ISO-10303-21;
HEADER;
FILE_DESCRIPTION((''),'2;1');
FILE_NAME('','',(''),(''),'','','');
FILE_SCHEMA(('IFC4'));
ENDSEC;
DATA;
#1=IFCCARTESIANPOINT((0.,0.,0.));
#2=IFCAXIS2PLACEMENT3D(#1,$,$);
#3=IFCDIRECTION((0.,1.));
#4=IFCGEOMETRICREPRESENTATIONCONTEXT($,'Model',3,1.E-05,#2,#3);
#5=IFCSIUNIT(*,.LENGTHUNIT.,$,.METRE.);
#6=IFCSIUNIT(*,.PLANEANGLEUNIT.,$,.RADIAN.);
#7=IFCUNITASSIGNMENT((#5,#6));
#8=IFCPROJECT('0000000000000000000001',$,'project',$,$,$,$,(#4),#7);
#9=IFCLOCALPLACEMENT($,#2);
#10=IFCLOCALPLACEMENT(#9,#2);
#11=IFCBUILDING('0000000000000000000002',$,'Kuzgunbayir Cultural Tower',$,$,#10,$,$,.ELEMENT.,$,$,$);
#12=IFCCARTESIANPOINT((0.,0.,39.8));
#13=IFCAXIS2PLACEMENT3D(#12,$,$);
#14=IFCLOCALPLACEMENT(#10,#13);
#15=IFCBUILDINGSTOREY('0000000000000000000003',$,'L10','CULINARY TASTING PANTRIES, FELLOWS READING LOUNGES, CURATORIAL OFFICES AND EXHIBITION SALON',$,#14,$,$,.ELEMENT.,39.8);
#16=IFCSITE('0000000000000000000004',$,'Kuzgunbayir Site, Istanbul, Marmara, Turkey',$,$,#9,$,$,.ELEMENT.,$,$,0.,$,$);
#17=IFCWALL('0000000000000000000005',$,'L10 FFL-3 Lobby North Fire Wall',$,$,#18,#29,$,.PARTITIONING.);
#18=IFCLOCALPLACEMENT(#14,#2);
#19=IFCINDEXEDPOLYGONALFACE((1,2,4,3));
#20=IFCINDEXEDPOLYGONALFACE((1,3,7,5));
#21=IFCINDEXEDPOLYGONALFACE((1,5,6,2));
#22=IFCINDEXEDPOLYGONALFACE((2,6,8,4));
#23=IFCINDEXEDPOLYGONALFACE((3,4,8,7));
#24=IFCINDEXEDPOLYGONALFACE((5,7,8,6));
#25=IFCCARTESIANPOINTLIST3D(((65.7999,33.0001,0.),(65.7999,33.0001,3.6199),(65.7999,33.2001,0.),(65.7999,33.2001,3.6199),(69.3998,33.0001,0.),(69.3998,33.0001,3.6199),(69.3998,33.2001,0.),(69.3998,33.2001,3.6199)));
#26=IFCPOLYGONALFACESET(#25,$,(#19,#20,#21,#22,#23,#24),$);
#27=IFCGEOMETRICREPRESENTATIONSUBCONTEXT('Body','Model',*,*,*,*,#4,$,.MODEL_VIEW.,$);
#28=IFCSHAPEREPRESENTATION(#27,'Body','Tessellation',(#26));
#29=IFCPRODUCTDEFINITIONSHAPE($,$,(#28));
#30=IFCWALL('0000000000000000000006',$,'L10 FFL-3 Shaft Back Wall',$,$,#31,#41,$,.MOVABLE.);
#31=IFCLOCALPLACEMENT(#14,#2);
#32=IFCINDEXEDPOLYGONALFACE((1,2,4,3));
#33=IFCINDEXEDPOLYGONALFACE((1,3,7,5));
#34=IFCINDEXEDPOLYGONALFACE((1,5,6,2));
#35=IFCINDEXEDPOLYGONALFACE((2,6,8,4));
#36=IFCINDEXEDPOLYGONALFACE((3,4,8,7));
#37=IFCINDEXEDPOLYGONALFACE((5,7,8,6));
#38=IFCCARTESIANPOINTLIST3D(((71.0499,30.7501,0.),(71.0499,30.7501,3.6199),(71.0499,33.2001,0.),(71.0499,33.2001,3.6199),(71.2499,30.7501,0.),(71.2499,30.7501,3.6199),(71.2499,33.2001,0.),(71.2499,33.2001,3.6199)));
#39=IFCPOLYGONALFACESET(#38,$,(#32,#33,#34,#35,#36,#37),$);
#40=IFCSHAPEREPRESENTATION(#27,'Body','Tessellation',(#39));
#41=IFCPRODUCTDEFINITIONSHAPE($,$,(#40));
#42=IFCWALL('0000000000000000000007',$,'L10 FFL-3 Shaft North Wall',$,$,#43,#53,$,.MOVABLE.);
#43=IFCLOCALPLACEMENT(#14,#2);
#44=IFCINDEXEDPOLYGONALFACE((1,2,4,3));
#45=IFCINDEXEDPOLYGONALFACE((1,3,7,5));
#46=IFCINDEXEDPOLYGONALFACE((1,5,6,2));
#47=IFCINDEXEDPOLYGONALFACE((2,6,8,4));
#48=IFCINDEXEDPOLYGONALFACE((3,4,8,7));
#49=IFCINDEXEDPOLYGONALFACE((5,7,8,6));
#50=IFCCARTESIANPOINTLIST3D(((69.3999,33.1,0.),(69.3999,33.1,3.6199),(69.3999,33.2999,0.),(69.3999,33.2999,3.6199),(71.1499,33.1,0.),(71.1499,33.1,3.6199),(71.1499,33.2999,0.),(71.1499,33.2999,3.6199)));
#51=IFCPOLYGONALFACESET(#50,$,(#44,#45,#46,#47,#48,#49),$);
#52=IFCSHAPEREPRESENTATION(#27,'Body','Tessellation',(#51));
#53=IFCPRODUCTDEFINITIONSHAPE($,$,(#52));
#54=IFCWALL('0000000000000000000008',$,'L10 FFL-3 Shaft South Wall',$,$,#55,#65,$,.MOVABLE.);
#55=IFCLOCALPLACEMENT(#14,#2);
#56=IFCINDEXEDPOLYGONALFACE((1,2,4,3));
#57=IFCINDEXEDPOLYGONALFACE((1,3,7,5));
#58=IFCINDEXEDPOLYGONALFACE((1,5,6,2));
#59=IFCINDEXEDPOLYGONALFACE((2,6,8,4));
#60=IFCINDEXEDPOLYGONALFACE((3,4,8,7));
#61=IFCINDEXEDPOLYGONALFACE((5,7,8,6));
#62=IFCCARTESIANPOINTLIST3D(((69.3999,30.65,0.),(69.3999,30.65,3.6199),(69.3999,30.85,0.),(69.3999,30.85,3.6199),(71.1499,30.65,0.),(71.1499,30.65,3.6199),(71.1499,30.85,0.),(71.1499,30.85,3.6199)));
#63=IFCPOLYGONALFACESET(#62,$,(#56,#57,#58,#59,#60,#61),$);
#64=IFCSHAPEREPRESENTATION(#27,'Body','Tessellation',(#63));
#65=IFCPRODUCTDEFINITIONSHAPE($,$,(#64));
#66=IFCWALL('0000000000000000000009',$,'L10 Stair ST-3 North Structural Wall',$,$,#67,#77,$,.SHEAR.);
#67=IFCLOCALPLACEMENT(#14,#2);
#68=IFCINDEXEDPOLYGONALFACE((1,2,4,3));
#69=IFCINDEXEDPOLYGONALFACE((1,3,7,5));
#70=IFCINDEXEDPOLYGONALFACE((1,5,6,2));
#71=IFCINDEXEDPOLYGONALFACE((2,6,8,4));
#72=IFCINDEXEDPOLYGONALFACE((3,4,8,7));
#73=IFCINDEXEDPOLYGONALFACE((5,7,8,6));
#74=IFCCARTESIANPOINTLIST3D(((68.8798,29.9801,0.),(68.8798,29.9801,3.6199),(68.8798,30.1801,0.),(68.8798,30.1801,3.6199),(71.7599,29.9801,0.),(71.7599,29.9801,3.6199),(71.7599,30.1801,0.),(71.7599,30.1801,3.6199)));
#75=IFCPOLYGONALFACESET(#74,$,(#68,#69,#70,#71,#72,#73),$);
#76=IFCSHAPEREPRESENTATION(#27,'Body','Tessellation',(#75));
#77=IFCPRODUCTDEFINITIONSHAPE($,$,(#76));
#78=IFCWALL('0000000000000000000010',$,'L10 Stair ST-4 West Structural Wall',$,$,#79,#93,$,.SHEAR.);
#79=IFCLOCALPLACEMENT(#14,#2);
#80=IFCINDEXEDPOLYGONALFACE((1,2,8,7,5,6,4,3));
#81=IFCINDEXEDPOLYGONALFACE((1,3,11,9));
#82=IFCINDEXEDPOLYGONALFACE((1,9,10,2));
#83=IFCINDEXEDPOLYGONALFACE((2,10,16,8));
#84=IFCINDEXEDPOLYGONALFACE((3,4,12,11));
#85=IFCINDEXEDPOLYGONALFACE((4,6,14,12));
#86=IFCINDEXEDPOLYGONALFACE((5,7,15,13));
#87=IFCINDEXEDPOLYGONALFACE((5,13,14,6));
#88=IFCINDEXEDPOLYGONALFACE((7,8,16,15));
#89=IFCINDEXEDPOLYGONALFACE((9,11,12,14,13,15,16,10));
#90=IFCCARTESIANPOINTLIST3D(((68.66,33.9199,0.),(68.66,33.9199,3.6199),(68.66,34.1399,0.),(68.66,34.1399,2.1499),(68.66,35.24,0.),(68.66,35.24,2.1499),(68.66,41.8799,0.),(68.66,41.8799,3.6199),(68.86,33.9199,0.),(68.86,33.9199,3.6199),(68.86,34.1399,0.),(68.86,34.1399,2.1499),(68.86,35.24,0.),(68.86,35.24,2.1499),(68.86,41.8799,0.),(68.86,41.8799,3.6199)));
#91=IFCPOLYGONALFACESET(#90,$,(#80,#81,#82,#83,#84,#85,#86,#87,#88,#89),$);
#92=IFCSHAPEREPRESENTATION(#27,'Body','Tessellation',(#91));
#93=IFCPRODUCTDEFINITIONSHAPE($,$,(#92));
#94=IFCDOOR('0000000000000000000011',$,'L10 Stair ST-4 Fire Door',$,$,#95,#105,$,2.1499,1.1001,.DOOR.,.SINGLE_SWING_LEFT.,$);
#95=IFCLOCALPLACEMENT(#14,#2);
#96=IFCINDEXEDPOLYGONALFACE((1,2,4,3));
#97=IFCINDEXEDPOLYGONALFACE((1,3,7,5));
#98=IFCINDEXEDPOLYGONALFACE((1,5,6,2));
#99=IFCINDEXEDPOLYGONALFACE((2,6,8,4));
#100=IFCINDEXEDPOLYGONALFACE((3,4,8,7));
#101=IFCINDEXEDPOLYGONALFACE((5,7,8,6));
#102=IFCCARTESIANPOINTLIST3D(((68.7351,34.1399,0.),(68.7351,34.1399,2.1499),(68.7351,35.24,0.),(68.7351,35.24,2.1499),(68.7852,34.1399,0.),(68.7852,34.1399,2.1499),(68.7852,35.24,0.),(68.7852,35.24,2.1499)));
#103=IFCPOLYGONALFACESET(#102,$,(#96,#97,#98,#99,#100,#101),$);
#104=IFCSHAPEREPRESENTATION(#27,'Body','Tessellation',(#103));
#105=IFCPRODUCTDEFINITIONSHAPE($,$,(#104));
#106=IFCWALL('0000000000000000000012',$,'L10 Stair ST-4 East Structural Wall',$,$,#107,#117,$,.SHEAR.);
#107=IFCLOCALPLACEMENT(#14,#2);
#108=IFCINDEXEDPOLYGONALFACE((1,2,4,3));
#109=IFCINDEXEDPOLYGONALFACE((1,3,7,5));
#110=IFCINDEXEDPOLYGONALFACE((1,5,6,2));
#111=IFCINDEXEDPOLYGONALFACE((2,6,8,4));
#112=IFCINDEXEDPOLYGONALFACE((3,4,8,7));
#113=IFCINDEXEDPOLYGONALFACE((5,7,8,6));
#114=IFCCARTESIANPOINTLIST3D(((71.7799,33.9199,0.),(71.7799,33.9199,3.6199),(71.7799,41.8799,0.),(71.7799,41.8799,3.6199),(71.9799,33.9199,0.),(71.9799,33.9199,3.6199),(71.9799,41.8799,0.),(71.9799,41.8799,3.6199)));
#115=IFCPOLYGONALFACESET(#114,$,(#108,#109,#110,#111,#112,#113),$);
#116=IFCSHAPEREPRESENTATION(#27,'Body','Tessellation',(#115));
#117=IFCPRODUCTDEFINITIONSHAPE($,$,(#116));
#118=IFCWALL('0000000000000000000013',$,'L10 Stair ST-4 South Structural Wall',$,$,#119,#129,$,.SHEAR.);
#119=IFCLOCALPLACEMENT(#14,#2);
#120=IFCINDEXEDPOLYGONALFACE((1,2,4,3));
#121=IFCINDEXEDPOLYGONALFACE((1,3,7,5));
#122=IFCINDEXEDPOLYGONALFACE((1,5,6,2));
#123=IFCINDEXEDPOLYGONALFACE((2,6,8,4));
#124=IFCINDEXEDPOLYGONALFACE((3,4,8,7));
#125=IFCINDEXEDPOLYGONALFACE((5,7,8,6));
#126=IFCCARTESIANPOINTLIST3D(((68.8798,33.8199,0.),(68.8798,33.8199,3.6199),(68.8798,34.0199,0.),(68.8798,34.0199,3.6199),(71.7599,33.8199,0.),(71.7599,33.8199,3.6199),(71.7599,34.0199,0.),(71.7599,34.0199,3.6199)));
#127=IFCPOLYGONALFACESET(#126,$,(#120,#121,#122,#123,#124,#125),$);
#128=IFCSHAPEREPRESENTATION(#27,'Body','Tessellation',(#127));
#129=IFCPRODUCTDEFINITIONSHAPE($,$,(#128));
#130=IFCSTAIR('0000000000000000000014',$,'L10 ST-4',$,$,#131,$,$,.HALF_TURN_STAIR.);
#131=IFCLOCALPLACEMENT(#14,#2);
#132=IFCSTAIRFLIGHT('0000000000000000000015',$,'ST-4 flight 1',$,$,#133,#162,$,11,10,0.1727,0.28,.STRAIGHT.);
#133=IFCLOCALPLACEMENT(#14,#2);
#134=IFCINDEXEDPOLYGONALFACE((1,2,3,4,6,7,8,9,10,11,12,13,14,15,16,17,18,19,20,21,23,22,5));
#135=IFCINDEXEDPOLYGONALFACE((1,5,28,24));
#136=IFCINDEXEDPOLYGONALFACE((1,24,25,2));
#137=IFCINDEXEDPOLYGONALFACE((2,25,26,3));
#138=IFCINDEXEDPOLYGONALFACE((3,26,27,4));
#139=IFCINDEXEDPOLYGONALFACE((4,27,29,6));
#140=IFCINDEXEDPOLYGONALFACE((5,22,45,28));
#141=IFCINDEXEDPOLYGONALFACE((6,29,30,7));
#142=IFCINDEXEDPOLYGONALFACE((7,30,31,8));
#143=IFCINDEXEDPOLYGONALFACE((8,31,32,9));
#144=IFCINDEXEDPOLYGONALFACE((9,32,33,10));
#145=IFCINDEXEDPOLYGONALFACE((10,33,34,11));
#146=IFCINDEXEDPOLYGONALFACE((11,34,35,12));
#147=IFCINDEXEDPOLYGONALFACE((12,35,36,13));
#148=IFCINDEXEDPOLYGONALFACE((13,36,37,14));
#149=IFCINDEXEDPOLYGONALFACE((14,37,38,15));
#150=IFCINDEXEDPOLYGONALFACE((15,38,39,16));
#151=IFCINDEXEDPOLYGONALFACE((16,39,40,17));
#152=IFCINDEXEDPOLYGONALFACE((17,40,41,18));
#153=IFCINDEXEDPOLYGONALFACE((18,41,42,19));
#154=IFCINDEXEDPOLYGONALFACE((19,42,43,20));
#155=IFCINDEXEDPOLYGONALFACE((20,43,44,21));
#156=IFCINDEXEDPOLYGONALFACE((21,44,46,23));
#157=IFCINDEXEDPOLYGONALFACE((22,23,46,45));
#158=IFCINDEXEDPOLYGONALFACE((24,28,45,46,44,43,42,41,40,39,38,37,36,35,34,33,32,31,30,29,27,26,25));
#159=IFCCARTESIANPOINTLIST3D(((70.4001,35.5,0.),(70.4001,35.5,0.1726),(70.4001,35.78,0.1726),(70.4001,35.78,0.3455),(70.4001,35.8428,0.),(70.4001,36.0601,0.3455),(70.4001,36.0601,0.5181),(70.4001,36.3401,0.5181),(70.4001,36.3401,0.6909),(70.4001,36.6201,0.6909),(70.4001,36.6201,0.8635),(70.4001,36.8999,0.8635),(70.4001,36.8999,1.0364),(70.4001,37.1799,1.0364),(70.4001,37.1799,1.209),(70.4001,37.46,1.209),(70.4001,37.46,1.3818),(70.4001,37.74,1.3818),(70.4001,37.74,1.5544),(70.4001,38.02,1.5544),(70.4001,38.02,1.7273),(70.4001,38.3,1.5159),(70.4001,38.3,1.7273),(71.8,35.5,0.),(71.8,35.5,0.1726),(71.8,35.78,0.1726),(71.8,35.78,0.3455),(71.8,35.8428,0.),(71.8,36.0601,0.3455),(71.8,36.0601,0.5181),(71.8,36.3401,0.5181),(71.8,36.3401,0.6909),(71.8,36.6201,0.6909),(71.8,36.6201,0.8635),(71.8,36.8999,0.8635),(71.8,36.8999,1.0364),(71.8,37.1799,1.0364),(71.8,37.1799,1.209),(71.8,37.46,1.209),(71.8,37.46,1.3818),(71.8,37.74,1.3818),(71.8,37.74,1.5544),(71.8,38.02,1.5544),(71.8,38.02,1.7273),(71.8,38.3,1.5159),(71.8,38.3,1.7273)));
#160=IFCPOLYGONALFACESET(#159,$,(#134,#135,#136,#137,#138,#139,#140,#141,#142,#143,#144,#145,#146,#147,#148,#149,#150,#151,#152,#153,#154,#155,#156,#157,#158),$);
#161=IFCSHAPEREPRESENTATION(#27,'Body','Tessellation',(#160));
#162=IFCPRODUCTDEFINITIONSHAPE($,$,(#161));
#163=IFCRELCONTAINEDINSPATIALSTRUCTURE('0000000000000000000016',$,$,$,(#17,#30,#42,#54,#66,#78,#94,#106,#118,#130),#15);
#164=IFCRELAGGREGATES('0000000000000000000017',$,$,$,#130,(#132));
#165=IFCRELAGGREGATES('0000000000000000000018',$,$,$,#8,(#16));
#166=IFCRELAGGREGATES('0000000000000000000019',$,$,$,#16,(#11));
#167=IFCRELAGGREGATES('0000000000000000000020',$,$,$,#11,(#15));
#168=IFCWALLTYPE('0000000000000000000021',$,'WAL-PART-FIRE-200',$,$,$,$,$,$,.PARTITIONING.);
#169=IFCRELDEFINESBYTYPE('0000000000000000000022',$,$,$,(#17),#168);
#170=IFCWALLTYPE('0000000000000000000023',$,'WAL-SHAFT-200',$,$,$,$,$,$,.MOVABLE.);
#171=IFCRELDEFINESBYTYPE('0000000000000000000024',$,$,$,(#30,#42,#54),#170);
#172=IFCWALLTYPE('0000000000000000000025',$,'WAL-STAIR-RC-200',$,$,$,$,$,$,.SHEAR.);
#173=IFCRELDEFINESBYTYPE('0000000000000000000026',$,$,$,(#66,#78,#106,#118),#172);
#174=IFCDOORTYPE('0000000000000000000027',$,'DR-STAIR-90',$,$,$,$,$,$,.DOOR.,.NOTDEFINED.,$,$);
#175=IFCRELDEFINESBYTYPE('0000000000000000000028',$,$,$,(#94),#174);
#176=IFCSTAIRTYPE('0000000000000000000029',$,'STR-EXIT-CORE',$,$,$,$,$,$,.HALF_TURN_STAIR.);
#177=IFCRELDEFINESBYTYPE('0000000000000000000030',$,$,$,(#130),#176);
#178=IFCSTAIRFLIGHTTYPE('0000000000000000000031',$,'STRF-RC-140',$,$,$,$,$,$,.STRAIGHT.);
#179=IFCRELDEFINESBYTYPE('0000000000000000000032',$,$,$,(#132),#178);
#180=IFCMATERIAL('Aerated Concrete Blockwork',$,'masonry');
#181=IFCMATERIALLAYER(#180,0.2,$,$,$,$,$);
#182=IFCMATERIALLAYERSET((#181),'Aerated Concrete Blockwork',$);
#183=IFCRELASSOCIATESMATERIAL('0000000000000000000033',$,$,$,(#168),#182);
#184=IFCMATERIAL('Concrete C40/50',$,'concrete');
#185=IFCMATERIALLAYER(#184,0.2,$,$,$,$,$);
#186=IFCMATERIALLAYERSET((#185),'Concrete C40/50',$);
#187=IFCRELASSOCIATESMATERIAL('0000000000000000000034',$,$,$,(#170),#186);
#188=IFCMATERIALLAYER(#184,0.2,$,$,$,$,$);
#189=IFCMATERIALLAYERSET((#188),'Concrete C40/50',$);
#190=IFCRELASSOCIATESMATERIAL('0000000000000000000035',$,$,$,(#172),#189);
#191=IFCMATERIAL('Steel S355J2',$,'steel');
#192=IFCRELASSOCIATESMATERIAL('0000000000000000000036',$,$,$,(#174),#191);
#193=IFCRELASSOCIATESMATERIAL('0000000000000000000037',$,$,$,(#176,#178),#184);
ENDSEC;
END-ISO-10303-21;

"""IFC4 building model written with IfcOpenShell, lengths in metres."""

from ifc_helpers import new_model, si_unit, direction, frame, frame_2d, origin, place, context, subcontext, project, spatial, polyline, rectangle, outline, extrude, material, layer, layer_set, type_object, element, fill, aggregate, save


model = new_model("IFC4")

# Units and contexts
model_context = context("Model", 3, precision=1e-05, world=origin(), true_north=direction((0.0, 1.0)))
body_context = subcontext(model_context, "Body", "Model", "MODEL_VIEW")
ifc_project = project(units=[si_unit("LENGTHUNIT", "METRE"), si_unit("PLANEANGLEUNIT", "RADIAN")], contexts=[model_context])

# Site, building, storey
site_placement = place(None, origin())
site = spatial("IfcSite", under=ifc_project, at=site_placement, Name="Kuzgunbayir Site, Istanbul, Marmara, Turkey", CompositionType="ELEMENT", RefElevation=0.0)
building_placement = place(site_placement, origin())
building = spatial("IfcBuilding", under=site, at=building_placement, Name="Kuzgunbayir Cultural Tower", CompositionType="ELEMENT")
storey_placement = place(building_placement, frame((0.0, 0.0, 39.8)))
storey = spatial("IfcBuildingStorey", under=building, at=storey_placement, Name="L10", Description="CULINARY TASTING PANTRIES, FELLOWS READING LOUNGES, CURATORIAL OFFICES AND EXHIBITION SALON", CompositionType="ELEMENT", Elevation=39.8)

# Shared definitions
ifc_material_1 = material(Name="Steel S355J2", Category="steel")

# Wall
ifc_material_2 = material(Name="Aerated Concrete Blockwork", Category="masonry")
ifc_layer_1 = layer(ifc_material_2, 0.2)
ifc_layer_set_1 = layer_set([ifc_layer_1], Name="Aerated Concrete Blockwork")
wall_type_1 = type_object("IfcWallType", Name="WAL-PART-FIRE-200", PredefinedType="PARTITIONING", material=ifc_layer_set_1)
wall_1_placement = place(storey_placement, frame((65.8, 33.1001, 0.0), z_axis=(0.0, 0.0, 1.0), x_axis=(1.0, 0.0, 0.0)))
element("IfcWall", 1, at=wall_1_placement, inside=storey, type_object=wall_type_1, Name="L10 FFL-3 Lobby North Fire Wall", PredefinedType="PARTITIONING", context=body_context, shape_type="SweptSolid", body=[
    extrude(rectangle(XDim=3.5999, YDim=0.2, at=frame_2d((1.7998, 0.0))), origin(), (0.0, 0.0, 1.0), 3.6199),
])

# Shared definitions
ifc_material_3 = material(Name="Concrete C40/50", Category="concrete")
ifc_layer_2 = layer(ifc_material_3, 0.2)
ifc_layer_set_2 = layer_set([ifc_layer_2], Name="Concrete C40/50")
wall_type_2 = type_object("IfcWallType", Name="WAL-SHAFT-200", PredefinedType="MOVABLE", material=ifc_layer_set_2)

# Walls
wall_2_placement = place(storey_placement, frame((71.1499, 30.75, 0.0), z_axis=(0.0, 0.0, 1.0), x_axis=(0.0, 1.0, 0.0)))
element("IfcWall", 2, at=wall_2_placement, inside=storey, type_object=wall_type_2, Name="L10 FFL-3 Shaft Back Wall", PredefinedType="MOVABLE", context=body_context, shape_type="SweptSolid", body=[
    extrude(rectangle(XDim=2.45, YDim=0.2, at=frame_2d((1.2251, 0.0))), origin(), (0.0, 0.0, 1.0), 3.6199),
])
for number, where, z_axis, x_axis, name in (
    (3, (69.3999, 33.2, 0.0), (0.0, 0.0, 1.0), (1.0, 0.0, 0.0), "L10 FFL-3 Shaft North Wall"),
    (4, (69.3999, 30.75, 0.0), (0.0, 0.0, 1.0), (1.0, 0.0, 0.0), "L10 FFL-3 Shaft South Wall"),
):
    element("IfcWall", number, at=place(storey_placement, frame(where, z_axis=z_axis, x_axis=x_axis)), inside=storey, type_object=wall_type_2, Name=name, PredefinedType="MOVABLE", context=body_context, shape_type="SweptSolid", body=[
        extrude(rectangle(XDim=1.75, YDim=0.2, at=frame_2d((0.875, 0.0))), origin(), (0.0, 0.0, 1.0), 3.6199),
    ])
ifc_layer_3 = layer(ifc_material_3, 0.2)
ifc_layer_set_3 = layer_set([ifc_layer_3], Name="Concrete C40/50")
wall_type_3 = type_object("IfcWallType", Name="WAL-STAIR-RC-200", PredefinedType="SHEAR", material=ifc_layer_set_3)
wall_3_placement = place(storey_placement, frame((68.8799, 30.0801, 0.0), z_axis=(0.0, 0.0, 1.0), x_axis=(1.0, 0.0, 0.0)))
element("IfcWall", 5, at=wall_3_placement, inside=storey, type_object=wall_type_3, Name="L10 Stair ST-3 North Structural Wall", PredefinedType="SHEAR", context=body_context, shape_type="SweptSolid", body=[
    extrude(rectangle(XDim=2.8801, YDim=0.2, at=frame_2d((1.4399, 0.0))), origin(), (0.0, 0.0, 1.0), 3.6199),
])

# Wall, opening, door
wall_4_placement = place(storey_placement, frame((68.76, 33.9199, 0.0), z_axis=(0.0, 0.0, 1.0), x_axis=(0.0, 1.0, 0.0)))
wall_4 = element("IfcWall", 6, at=wall_4_placement, inside=storey, type_object=wall_type_3, Name="L10 Stair ST-4 West Structural Wall", PredefinedType="SHEAR", context=body_context, shape_type="SweptSolid", body=[
    extrude(rectangle(XDim=7.96, YDim=0.2, at=frame_2d((3.98, 0.0))), origin(), (0.0, 0.0, 1.0), 3.6199),
])
opening_1_placement = place(wall_4_placement, frame((0.22, 0.0, 0.0)))
opening_1 = element("IfcOpeningElement", 7, at=opening_1_placement, cuts=wall_4, PredefinedType="OPENING", context=body_context, shape_type="SweptSolid", body=[
    extrude(rectangle(XDim=1.1001, YDim=2.1499, at=frame_2d((0.55, 1.075))), frame((0.0, 0.1099, 0.0), z_axis=(0.0, -1.0, 0.0), x_axis=(1.0, 0.0, 0.0)), (0.0, 0.0, 1.0), 0.22),
])
door_type_1 = type_object("IfcDoorType", Name="DR-STAIR-90", OperationType="NOTDEFINED", PredefinedType="DOOR", material=ifc_material_1)
door_1_placement = place(opening_1_placement, origin())
door_1 = element("IfcDoor", 8, at=door_1_placement, inside=storey, type_object=door_type_1, Name="L10 Stair ST-4 Fire Door", OperationType="SINGLE_SWING_LEFT", OverallHeight=2.1499, OverallWidth=1.1001, PredefinedType="DOOR", context=body_context, shape_type="SweptSolid", body=[
    extrude(rectangle(XDim=1.1001, YDim=2.1499, at=frame_2d((0.55, 1.075))), frame((0.0, 0.0249, 0.0), z_axis=(0.0, -1.0, 0.0), x_axis=(1.0, 0.0, 0.0)), (0.0, 0.0, 1.0), 0.05),
])
fill(opening_1, door_1)

# Walls
wall_5_placement = place(storey_placement, frame((71.8799, 33.9199, 0.0), z_axis=(0.0, 0.0, 1.0), x_axis=(0.0, 1.0, 0.0)))
element("IfcWall", 9, at=wall_5_placement, inside=storey, type_object=wall_type_3, Name="L10 Stair ST-4 East Structural Wall", PredefinedType="SHEAR", context=body_context, shape_type="SweptSolid", body=[
    extrude(rectangle(XDim=7.96, YDim=0.2, at=frame_2d((3.98, 0.0))), origin(), (0.0, 0.0, 1.0), 3.6199),
])
wall_6_placement = place(storey_placement, frame((68.8799, 33.9199, 0.0), z_axis=(0.0, 0.0, 1.0), x_axis=(1.0, 0.0, 0.0)))
element("IfcWall", 10, at=wall_6_placement, inside=storey, type_object=wall_type_3, Name="L10 Stair ST-4 South Structural Wall", PredefinedType="SHEAR", context=body_context, shape_type="SweptSolid", body=[
    extrude(rectangle(XDim=2.8801, YDim=0.2, at=frame_2d((1.4399, 0.0))), origin(), (0.0, 0.0, 1.0), 3.6199),
])

# Stair, stair flight
stair_type = type_object("IfcStairType", Name="STR-EXIT-CORE", PredefinedType="HALF_TURN_STAIR", material=ifc_material_3)
stair_placement = place(storey_placement, origin())
stair = element("IfcStair", 11, at=stair_placement, inside=storey, type_object=stair_type, Name="L10 ST-4", PredefinedType="HALF_TURN_STAIR")
stair_flight_type = type_object("IfcStairFlightType", Name="STRF-RC-140", PredefinedType="STRAIGHT", material=ifc_material_3)
stair_flight_placement = place(storey_placement, frame((71.1001, 35.5, 0.0), z_axis=(0.0, 0.0, 1.0), x_axis=(0.0, 1.0, 0.0)))
stair_flight = element("IfcStairFlight", 12, at=stair_flight_placement, type_object=stair_flight_type, Name="ST-4 flight 1", NumberOfRisers=11, NumberOfTreads=10, PredefinedType="STRAIGHT", RiserHeight=0.1727, TreadLength=0.28, context=body_context, shape_type="SweptSolid", body=[
    extrude(outline(polyline([(0.0, 0.0), (0.0, 0.1726), (0.28, 0.1726), (0.28, 0.3455), (0.5601, 0.3455), (0.5601, 0.5181), (0.8401, 0.5181), (0.8401, 0.6909), (1.1201, 0.6909), (1.1201, 0.8635), (1.3999, 0.8635), (1.3999, 1.0364), (1.6799, 1.0364), (1.6799, 1.209), (1.96, 1.209), (1.96, 1.3818), (2.24, 1.3818), (2.24, 1.5544), (2.52, 1.5544), (2.52, 1.7273), (2.8, 1.7273), (2.8, 1.8999), (2.8, 1.5159), (0.3428, 0.0), (0.0, 0.0)])), frame((0.0, 0.7, 0.0), z_axis=(0.0, -1.0, 0.0), x_axis=(1.0, 0.0, 0.0)), (0.0, 0.0, 1.0), 1.3999),
])
aggregate(stair, [stair_flight])

save(model, "model.ifc")
